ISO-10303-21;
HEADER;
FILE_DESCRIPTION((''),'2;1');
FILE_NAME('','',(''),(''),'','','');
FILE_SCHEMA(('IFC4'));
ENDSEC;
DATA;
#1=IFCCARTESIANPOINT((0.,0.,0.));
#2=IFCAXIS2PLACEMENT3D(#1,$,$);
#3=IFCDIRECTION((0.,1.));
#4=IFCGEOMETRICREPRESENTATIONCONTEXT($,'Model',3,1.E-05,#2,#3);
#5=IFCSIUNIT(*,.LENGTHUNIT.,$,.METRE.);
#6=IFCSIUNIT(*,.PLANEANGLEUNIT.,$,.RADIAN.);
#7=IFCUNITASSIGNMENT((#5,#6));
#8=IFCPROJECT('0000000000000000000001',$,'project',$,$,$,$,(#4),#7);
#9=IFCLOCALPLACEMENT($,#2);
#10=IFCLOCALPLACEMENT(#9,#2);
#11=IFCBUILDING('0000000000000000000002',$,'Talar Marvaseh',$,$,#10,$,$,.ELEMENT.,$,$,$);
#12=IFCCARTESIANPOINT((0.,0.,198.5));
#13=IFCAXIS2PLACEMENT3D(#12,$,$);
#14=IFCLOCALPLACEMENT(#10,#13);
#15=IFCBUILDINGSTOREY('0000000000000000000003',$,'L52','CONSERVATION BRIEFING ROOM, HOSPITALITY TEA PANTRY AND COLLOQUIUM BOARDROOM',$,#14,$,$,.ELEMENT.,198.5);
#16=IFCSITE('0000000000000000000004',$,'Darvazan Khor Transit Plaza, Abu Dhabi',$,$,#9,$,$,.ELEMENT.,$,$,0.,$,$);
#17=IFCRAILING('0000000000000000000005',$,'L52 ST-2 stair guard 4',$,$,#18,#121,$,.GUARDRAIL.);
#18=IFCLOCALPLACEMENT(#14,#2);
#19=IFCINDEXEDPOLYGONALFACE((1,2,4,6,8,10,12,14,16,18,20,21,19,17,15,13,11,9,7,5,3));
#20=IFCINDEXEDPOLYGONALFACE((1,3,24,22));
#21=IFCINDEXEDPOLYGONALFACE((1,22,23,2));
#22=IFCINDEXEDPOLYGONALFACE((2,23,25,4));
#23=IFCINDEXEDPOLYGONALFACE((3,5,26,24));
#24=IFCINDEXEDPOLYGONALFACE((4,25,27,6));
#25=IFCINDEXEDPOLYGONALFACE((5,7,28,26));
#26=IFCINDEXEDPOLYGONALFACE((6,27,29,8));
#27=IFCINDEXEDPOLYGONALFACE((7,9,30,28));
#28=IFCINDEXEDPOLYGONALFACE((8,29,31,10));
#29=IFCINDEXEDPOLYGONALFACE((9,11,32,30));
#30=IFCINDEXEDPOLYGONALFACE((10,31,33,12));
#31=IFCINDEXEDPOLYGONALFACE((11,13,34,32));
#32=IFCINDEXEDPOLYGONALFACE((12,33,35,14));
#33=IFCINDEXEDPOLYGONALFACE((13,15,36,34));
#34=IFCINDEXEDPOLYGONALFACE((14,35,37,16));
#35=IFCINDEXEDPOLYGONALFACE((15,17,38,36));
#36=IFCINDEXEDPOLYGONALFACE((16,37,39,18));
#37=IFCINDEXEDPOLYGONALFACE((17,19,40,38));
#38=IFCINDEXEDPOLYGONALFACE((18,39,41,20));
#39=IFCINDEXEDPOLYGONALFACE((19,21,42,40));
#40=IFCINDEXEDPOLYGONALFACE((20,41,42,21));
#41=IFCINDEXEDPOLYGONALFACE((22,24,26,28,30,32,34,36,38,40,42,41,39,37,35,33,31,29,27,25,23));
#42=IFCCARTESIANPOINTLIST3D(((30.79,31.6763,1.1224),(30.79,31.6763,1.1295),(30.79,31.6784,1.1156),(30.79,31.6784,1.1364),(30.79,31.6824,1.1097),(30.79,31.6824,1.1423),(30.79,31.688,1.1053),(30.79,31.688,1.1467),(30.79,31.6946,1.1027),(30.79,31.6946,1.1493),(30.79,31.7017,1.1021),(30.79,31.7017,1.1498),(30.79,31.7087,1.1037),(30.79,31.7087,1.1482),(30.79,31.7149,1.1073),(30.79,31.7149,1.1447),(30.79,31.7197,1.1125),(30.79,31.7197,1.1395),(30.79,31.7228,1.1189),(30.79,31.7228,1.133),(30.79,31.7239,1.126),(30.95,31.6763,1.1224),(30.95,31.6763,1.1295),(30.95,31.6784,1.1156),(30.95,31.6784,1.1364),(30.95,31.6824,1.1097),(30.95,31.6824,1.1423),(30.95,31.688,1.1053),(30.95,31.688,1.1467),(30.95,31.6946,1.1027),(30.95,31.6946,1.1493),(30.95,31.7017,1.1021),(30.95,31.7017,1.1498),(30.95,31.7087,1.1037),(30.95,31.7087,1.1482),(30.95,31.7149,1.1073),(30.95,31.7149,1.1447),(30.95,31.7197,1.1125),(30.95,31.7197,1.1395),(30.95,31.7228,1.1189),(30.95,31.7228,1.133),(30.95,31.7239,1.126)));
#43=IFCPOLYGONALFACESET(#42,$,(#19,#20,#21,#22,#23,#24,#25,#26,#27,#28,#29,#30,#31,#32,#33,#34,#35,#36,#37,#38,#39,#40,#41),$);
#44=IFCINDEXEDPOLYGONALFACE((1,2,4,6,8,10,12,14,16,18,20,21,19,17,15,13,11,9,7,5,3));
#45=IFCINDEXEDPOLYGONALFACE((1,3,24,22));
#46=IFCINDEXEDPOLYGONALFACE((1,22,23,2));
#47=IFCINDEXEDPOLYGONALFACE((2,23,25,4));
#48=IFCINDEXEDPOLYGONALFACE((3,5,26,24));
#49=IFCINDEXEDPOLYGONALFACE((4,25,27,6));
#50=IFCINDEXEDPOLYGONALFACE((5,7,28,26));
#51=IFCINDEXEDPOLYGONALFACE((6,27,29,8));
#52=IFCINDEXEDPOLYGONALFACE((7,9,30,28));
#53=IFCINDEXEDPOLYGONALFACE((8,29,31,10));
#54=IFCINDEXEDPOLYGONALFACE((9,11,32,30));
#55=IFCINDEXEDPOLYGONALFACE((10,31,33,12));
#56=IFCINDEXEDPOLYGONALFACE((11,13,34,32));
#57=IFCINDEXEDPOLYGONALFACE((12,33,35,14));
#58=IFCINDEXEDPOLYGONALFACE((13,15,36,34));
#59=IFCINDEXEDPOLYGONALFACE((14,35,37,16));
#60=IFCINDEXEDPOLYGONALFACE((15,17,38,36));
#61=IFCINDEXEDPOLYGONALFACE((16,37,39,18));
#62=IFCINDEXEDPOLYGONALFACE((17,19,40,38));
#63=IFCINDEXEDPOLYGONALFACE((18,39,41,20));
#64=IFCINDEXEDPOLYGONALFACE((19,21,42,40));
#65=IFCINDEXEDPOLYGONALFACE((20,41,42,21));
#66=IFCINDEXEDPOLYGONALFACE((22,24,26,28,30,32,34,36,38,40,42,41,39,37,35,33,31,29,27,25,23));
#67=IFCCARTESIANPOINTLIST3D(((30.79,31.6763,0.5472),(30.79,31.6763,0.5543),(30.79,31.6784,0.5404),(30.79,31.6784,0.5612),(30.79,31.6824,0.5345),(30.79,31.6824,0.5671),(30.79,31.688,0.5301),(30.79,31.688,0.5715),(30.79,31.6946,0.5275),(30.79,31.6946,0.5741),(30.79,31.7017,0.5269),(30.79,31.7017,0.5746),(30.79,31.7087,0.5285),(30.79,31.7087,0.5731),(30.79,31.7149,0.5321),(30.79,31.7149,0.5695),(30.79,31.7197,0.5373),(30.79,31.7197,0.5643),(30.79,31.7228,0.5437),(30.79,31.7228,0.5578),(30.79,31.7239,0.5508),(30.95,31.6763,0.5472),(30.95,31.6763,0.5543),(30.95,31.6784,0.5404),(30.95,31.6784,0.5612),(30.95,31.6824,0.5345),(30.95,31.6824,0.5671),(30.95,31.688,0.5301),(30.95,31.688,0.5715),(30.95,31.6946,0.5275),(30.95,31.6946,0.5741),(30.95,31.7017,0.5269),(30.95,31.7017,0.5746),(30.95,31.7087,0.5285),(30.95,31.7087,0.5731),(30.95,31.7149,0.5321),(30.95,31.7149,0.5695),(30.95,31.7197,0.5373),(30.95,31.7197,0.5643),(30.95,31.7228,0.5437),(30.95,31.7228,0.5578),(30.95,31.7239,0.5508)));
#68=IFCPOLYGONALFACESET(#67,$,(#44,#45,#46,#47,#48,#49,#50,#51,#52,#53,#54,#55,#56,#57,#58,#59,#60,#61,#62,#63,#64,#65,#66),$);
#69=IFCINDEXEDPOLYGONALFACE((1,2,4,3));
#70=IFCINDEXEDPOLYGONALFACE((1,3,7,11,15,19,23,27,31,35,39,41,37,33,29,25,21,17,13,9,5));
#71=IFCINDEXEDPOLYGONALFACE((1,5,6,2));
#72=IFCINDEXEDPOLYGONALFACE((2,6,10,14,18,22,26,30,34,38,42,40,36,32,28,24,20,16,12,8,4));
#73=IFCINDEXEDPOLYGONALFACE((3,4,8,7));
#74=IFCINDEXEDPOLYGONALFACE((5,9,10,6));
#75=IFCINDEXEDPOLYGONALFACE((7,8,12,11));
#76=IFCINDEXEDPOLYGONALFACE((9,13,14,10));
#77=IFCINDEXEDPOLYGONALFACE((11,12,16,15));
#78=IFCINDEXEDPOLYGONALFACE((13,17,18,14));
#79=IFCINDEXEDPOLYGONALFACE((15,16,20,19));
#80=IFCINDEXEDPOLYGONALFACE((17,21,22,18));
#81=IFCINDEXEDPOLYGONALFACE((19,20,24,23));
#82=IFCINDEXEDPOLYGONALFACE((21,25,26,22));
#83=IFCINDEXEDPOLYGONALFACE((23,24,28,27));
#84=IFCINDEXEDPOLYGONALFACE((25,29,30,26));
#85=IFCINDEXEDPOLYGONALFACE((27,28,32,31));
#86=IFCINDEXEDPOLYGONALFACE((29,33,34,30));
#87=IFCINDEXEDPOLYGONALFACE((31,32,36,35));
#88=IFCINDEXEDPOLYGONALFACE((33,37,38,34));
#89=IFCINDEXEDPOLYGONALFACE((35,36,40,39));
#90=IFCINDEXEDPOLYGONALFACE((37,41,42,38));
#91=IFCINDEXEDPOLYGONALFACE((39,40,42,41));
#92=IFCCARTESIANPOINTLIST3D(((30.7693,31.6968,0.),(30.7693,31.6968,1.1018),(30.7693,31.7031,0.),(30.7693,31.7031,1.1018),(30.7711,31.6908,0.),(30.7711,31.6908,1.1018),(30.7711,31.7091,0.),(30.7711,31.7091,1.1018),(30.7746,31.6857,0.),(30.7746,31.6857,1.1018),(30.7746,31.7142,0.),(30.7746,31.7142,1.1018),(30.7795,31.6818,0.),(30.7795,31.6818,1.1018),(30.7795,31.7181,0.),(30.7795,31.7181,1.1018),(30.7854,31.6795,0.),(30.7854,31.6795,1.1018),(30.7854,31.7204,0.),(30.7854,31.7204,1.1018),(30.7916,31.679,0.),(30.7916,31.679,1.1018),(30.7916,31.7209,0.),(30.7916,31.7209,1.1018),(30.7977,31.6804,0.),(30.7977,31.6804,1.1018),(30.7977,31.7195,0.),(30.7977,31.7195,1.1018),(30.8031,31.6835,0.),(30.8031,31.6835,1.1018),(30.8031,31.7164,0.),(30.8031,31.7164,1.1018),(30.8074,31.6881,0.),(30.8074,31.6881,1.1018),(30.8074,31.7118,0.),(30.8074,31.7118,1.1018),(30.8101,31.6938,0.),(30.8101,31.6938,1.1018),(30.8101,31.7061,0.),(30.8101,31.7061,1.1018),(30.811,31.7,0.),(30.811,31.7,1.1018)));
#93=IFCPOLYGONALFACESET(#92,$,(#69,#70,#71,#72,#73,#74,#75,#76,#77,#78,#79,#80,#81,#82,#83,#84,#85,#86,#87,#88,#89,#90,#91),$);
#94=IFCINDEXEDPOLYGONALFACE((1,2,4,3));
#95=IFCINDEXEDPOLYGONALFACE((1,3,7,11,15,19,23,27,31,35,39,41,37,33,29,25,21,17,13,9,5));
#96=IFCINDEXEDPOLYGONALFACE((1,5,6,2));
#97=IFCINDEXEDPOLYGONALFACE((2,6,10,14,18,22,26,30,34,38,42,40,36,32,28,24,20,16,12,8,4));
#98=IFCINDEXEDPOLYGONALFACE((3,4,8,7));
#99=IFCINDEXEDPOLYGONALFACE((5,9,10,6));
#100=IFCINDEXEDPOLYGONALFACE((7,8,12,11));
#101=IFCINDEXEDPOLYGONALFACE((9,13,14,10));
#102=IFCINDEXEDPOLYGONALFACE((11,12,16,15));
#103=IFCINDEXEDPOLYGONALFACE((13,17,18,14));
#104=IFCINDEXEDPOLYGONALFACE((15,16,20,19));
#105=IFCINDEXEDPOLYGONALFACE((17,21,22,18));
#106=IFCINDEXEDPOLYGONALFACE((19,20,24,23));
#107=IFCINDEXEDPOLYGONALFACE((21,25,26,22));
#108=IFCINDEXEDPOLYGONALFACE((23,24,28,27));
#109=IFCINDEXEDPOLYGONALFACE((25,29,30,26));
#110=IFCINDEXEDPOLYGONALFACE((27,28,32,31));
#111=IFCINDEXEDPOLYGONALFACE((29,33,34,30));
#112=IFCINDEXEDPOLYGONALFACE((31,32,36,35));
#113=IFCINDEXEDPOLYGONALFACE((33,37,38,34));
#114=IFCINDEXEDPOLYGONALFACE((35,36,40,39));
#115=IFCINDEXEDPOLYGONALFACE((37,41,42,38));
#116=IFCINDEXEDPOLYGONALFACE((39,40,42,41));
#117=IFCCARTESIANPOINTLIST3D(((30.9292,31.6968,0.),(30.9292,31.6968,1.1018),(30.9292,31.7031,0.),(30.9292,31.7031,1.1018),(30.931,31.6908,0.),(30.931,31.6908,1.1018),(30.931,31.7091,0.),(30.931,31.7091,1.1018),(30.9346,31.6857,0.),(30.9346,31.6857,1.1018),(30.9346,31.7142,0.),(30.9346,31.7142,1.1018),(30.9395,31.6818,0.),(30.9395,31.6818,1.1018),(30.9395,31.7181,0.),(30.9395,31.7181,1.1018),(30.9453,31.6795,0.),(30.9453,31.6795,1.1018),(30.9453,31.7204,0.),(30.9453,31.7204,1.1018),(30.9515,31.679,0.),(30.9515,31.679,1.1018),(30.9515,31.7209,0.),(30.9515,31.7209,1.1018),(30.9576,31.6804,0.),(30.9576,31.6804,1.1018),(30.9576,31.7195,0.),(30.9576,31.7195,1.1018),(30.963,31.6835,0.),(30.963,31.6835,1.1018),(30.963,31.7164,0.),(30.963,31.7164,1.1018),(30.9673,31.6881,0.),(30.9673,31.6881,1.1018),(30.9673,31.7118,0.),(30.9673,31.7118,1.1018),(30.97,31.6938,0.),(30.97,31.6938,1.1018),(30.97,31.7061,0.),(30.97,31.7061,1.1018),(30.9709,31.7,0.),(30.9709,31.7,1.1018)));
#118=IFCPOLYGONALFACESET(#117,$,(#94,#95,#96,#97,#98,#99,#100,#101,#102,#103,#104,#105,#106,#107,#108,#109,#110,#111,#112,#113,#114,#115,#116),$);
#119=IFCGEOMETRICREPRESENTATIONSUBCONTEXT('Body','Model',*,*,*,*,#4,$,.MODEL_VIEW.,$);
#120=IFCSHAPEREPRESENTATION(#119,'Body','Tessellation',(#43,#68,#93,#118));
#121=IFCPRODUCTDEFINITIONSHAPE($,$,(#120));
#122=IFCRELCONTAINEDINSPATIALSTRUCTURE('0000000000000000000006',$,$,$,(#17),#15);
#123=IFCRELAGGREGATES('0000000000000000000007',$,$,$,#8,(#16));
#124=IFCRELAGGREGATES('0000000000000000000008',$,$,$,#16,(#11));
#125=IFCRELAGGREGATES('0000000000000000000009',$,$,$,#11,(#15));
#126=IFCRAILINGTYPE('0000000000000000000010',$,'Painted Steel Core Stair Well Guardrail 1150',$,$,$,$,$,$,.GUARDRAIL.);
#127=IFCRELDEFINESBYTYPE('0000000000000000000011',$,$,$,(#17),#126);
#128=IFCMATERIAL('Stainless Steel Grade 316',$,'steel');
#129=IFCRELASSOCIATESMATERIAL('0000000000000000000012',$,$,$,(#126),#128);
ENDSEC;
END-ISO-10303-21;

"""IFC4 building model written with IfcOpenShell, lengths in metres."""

from ifc_helpers import new_model, si_unit, direction, frame, origin, origin_2d, place, context, subcontext, project, spatial, circle, extrude, material, type_object, element, save


model = new_model("IFC4")

# Units and contexts
model_context = context("Model", 3, precision=1e-05, world=origin(), true_north=direction((0.0, 1.0)))
body_context = subcontext(model_context, "Body", "Model", "MODEL_VIEW")
ifc_project = project(units=[si_unit("LENGTHUNIT", "METRE"), si_unit("PLANEANGLEUNIT", "RADIAN")], contexts=[model_context])

# Site, building, storey
site_placement = place(None, origin())
site = spatial("IfcSite", under=ifc_project, at=site_placement, Name="Darvazan Khor Transit Plaza, Abu Dhabi", CompositionType="ELEMENT", RefElevation=0.0)
building_placement = place(site_placement, origin())
building = spatial("IfcBuilding", under=site, at=building_placement, Name="Talar Marvaseh", CompositionType="ELEMENT")
storey_placement = place(building_placement, frame((0.0, 0.0, 198.5)))
storey = spatial("IfcBuildingStorey", under=building, at=storey_placement, Name="L52", Description="CONSERVATION BRIEFING ROOM, HOSPITALITY TEA PANTRY AND COLLOQUIUM BOARDROOM", CompositionType="ELEMENT", Elevation=198.5)

# Shared definitions
ifc_material_1 = material(Name="Stainless Steel Grade 316", Category="steel")

# Railing
railing_type_1 = type_object("IfcRailingType", Name="Painted Steel Core Stair Well Guardrail 1150", PredefinedType="GUARDRAIL", material=ifc_material_1)
railing_1_placement = place(storey_placement, frame((30.79, 31.7, 0.0)))
element("IfcRailing", 1, at=railing_1_placement, inside=storey, type_object=railing_type_1, Name="L52 ST-2 stair guard 4", PredefinedType="GUARDRAIL", context=body_context, shape_type="SweptSolid", body=[
    extrude(circle(Radius=0.0239, at=origin_2d()), frame((0.0, 0.0, 1.126), z_axis=(1.0, 0.0, 0.0), x_axis=(0.0, 1.0, 0.0)), (0.0, 0.0, 1.0), 0.1599),
    extrude(circle(Radius=0.0239, at=origin_2d()), frame((0.0, 0.0, 0.5508), z_axis=(1.0, 0.0, 0.0), x_axis=(0.0, 1.0, 0.0)), (0.0, 0.0, 1.0), 0.1599),
    extrude(circle(Radius=0.021, at=origin_2d()), origin(), (0.0, 0.0, 1.0), 1.1018),
    extrude(circle(Radius=0.021, at=origin_2d()), frame((0.1599, 0.0, 0.0)), (0.0, 0.0, 1.0), 1.1018),
])

save(model, "model.ifc")
